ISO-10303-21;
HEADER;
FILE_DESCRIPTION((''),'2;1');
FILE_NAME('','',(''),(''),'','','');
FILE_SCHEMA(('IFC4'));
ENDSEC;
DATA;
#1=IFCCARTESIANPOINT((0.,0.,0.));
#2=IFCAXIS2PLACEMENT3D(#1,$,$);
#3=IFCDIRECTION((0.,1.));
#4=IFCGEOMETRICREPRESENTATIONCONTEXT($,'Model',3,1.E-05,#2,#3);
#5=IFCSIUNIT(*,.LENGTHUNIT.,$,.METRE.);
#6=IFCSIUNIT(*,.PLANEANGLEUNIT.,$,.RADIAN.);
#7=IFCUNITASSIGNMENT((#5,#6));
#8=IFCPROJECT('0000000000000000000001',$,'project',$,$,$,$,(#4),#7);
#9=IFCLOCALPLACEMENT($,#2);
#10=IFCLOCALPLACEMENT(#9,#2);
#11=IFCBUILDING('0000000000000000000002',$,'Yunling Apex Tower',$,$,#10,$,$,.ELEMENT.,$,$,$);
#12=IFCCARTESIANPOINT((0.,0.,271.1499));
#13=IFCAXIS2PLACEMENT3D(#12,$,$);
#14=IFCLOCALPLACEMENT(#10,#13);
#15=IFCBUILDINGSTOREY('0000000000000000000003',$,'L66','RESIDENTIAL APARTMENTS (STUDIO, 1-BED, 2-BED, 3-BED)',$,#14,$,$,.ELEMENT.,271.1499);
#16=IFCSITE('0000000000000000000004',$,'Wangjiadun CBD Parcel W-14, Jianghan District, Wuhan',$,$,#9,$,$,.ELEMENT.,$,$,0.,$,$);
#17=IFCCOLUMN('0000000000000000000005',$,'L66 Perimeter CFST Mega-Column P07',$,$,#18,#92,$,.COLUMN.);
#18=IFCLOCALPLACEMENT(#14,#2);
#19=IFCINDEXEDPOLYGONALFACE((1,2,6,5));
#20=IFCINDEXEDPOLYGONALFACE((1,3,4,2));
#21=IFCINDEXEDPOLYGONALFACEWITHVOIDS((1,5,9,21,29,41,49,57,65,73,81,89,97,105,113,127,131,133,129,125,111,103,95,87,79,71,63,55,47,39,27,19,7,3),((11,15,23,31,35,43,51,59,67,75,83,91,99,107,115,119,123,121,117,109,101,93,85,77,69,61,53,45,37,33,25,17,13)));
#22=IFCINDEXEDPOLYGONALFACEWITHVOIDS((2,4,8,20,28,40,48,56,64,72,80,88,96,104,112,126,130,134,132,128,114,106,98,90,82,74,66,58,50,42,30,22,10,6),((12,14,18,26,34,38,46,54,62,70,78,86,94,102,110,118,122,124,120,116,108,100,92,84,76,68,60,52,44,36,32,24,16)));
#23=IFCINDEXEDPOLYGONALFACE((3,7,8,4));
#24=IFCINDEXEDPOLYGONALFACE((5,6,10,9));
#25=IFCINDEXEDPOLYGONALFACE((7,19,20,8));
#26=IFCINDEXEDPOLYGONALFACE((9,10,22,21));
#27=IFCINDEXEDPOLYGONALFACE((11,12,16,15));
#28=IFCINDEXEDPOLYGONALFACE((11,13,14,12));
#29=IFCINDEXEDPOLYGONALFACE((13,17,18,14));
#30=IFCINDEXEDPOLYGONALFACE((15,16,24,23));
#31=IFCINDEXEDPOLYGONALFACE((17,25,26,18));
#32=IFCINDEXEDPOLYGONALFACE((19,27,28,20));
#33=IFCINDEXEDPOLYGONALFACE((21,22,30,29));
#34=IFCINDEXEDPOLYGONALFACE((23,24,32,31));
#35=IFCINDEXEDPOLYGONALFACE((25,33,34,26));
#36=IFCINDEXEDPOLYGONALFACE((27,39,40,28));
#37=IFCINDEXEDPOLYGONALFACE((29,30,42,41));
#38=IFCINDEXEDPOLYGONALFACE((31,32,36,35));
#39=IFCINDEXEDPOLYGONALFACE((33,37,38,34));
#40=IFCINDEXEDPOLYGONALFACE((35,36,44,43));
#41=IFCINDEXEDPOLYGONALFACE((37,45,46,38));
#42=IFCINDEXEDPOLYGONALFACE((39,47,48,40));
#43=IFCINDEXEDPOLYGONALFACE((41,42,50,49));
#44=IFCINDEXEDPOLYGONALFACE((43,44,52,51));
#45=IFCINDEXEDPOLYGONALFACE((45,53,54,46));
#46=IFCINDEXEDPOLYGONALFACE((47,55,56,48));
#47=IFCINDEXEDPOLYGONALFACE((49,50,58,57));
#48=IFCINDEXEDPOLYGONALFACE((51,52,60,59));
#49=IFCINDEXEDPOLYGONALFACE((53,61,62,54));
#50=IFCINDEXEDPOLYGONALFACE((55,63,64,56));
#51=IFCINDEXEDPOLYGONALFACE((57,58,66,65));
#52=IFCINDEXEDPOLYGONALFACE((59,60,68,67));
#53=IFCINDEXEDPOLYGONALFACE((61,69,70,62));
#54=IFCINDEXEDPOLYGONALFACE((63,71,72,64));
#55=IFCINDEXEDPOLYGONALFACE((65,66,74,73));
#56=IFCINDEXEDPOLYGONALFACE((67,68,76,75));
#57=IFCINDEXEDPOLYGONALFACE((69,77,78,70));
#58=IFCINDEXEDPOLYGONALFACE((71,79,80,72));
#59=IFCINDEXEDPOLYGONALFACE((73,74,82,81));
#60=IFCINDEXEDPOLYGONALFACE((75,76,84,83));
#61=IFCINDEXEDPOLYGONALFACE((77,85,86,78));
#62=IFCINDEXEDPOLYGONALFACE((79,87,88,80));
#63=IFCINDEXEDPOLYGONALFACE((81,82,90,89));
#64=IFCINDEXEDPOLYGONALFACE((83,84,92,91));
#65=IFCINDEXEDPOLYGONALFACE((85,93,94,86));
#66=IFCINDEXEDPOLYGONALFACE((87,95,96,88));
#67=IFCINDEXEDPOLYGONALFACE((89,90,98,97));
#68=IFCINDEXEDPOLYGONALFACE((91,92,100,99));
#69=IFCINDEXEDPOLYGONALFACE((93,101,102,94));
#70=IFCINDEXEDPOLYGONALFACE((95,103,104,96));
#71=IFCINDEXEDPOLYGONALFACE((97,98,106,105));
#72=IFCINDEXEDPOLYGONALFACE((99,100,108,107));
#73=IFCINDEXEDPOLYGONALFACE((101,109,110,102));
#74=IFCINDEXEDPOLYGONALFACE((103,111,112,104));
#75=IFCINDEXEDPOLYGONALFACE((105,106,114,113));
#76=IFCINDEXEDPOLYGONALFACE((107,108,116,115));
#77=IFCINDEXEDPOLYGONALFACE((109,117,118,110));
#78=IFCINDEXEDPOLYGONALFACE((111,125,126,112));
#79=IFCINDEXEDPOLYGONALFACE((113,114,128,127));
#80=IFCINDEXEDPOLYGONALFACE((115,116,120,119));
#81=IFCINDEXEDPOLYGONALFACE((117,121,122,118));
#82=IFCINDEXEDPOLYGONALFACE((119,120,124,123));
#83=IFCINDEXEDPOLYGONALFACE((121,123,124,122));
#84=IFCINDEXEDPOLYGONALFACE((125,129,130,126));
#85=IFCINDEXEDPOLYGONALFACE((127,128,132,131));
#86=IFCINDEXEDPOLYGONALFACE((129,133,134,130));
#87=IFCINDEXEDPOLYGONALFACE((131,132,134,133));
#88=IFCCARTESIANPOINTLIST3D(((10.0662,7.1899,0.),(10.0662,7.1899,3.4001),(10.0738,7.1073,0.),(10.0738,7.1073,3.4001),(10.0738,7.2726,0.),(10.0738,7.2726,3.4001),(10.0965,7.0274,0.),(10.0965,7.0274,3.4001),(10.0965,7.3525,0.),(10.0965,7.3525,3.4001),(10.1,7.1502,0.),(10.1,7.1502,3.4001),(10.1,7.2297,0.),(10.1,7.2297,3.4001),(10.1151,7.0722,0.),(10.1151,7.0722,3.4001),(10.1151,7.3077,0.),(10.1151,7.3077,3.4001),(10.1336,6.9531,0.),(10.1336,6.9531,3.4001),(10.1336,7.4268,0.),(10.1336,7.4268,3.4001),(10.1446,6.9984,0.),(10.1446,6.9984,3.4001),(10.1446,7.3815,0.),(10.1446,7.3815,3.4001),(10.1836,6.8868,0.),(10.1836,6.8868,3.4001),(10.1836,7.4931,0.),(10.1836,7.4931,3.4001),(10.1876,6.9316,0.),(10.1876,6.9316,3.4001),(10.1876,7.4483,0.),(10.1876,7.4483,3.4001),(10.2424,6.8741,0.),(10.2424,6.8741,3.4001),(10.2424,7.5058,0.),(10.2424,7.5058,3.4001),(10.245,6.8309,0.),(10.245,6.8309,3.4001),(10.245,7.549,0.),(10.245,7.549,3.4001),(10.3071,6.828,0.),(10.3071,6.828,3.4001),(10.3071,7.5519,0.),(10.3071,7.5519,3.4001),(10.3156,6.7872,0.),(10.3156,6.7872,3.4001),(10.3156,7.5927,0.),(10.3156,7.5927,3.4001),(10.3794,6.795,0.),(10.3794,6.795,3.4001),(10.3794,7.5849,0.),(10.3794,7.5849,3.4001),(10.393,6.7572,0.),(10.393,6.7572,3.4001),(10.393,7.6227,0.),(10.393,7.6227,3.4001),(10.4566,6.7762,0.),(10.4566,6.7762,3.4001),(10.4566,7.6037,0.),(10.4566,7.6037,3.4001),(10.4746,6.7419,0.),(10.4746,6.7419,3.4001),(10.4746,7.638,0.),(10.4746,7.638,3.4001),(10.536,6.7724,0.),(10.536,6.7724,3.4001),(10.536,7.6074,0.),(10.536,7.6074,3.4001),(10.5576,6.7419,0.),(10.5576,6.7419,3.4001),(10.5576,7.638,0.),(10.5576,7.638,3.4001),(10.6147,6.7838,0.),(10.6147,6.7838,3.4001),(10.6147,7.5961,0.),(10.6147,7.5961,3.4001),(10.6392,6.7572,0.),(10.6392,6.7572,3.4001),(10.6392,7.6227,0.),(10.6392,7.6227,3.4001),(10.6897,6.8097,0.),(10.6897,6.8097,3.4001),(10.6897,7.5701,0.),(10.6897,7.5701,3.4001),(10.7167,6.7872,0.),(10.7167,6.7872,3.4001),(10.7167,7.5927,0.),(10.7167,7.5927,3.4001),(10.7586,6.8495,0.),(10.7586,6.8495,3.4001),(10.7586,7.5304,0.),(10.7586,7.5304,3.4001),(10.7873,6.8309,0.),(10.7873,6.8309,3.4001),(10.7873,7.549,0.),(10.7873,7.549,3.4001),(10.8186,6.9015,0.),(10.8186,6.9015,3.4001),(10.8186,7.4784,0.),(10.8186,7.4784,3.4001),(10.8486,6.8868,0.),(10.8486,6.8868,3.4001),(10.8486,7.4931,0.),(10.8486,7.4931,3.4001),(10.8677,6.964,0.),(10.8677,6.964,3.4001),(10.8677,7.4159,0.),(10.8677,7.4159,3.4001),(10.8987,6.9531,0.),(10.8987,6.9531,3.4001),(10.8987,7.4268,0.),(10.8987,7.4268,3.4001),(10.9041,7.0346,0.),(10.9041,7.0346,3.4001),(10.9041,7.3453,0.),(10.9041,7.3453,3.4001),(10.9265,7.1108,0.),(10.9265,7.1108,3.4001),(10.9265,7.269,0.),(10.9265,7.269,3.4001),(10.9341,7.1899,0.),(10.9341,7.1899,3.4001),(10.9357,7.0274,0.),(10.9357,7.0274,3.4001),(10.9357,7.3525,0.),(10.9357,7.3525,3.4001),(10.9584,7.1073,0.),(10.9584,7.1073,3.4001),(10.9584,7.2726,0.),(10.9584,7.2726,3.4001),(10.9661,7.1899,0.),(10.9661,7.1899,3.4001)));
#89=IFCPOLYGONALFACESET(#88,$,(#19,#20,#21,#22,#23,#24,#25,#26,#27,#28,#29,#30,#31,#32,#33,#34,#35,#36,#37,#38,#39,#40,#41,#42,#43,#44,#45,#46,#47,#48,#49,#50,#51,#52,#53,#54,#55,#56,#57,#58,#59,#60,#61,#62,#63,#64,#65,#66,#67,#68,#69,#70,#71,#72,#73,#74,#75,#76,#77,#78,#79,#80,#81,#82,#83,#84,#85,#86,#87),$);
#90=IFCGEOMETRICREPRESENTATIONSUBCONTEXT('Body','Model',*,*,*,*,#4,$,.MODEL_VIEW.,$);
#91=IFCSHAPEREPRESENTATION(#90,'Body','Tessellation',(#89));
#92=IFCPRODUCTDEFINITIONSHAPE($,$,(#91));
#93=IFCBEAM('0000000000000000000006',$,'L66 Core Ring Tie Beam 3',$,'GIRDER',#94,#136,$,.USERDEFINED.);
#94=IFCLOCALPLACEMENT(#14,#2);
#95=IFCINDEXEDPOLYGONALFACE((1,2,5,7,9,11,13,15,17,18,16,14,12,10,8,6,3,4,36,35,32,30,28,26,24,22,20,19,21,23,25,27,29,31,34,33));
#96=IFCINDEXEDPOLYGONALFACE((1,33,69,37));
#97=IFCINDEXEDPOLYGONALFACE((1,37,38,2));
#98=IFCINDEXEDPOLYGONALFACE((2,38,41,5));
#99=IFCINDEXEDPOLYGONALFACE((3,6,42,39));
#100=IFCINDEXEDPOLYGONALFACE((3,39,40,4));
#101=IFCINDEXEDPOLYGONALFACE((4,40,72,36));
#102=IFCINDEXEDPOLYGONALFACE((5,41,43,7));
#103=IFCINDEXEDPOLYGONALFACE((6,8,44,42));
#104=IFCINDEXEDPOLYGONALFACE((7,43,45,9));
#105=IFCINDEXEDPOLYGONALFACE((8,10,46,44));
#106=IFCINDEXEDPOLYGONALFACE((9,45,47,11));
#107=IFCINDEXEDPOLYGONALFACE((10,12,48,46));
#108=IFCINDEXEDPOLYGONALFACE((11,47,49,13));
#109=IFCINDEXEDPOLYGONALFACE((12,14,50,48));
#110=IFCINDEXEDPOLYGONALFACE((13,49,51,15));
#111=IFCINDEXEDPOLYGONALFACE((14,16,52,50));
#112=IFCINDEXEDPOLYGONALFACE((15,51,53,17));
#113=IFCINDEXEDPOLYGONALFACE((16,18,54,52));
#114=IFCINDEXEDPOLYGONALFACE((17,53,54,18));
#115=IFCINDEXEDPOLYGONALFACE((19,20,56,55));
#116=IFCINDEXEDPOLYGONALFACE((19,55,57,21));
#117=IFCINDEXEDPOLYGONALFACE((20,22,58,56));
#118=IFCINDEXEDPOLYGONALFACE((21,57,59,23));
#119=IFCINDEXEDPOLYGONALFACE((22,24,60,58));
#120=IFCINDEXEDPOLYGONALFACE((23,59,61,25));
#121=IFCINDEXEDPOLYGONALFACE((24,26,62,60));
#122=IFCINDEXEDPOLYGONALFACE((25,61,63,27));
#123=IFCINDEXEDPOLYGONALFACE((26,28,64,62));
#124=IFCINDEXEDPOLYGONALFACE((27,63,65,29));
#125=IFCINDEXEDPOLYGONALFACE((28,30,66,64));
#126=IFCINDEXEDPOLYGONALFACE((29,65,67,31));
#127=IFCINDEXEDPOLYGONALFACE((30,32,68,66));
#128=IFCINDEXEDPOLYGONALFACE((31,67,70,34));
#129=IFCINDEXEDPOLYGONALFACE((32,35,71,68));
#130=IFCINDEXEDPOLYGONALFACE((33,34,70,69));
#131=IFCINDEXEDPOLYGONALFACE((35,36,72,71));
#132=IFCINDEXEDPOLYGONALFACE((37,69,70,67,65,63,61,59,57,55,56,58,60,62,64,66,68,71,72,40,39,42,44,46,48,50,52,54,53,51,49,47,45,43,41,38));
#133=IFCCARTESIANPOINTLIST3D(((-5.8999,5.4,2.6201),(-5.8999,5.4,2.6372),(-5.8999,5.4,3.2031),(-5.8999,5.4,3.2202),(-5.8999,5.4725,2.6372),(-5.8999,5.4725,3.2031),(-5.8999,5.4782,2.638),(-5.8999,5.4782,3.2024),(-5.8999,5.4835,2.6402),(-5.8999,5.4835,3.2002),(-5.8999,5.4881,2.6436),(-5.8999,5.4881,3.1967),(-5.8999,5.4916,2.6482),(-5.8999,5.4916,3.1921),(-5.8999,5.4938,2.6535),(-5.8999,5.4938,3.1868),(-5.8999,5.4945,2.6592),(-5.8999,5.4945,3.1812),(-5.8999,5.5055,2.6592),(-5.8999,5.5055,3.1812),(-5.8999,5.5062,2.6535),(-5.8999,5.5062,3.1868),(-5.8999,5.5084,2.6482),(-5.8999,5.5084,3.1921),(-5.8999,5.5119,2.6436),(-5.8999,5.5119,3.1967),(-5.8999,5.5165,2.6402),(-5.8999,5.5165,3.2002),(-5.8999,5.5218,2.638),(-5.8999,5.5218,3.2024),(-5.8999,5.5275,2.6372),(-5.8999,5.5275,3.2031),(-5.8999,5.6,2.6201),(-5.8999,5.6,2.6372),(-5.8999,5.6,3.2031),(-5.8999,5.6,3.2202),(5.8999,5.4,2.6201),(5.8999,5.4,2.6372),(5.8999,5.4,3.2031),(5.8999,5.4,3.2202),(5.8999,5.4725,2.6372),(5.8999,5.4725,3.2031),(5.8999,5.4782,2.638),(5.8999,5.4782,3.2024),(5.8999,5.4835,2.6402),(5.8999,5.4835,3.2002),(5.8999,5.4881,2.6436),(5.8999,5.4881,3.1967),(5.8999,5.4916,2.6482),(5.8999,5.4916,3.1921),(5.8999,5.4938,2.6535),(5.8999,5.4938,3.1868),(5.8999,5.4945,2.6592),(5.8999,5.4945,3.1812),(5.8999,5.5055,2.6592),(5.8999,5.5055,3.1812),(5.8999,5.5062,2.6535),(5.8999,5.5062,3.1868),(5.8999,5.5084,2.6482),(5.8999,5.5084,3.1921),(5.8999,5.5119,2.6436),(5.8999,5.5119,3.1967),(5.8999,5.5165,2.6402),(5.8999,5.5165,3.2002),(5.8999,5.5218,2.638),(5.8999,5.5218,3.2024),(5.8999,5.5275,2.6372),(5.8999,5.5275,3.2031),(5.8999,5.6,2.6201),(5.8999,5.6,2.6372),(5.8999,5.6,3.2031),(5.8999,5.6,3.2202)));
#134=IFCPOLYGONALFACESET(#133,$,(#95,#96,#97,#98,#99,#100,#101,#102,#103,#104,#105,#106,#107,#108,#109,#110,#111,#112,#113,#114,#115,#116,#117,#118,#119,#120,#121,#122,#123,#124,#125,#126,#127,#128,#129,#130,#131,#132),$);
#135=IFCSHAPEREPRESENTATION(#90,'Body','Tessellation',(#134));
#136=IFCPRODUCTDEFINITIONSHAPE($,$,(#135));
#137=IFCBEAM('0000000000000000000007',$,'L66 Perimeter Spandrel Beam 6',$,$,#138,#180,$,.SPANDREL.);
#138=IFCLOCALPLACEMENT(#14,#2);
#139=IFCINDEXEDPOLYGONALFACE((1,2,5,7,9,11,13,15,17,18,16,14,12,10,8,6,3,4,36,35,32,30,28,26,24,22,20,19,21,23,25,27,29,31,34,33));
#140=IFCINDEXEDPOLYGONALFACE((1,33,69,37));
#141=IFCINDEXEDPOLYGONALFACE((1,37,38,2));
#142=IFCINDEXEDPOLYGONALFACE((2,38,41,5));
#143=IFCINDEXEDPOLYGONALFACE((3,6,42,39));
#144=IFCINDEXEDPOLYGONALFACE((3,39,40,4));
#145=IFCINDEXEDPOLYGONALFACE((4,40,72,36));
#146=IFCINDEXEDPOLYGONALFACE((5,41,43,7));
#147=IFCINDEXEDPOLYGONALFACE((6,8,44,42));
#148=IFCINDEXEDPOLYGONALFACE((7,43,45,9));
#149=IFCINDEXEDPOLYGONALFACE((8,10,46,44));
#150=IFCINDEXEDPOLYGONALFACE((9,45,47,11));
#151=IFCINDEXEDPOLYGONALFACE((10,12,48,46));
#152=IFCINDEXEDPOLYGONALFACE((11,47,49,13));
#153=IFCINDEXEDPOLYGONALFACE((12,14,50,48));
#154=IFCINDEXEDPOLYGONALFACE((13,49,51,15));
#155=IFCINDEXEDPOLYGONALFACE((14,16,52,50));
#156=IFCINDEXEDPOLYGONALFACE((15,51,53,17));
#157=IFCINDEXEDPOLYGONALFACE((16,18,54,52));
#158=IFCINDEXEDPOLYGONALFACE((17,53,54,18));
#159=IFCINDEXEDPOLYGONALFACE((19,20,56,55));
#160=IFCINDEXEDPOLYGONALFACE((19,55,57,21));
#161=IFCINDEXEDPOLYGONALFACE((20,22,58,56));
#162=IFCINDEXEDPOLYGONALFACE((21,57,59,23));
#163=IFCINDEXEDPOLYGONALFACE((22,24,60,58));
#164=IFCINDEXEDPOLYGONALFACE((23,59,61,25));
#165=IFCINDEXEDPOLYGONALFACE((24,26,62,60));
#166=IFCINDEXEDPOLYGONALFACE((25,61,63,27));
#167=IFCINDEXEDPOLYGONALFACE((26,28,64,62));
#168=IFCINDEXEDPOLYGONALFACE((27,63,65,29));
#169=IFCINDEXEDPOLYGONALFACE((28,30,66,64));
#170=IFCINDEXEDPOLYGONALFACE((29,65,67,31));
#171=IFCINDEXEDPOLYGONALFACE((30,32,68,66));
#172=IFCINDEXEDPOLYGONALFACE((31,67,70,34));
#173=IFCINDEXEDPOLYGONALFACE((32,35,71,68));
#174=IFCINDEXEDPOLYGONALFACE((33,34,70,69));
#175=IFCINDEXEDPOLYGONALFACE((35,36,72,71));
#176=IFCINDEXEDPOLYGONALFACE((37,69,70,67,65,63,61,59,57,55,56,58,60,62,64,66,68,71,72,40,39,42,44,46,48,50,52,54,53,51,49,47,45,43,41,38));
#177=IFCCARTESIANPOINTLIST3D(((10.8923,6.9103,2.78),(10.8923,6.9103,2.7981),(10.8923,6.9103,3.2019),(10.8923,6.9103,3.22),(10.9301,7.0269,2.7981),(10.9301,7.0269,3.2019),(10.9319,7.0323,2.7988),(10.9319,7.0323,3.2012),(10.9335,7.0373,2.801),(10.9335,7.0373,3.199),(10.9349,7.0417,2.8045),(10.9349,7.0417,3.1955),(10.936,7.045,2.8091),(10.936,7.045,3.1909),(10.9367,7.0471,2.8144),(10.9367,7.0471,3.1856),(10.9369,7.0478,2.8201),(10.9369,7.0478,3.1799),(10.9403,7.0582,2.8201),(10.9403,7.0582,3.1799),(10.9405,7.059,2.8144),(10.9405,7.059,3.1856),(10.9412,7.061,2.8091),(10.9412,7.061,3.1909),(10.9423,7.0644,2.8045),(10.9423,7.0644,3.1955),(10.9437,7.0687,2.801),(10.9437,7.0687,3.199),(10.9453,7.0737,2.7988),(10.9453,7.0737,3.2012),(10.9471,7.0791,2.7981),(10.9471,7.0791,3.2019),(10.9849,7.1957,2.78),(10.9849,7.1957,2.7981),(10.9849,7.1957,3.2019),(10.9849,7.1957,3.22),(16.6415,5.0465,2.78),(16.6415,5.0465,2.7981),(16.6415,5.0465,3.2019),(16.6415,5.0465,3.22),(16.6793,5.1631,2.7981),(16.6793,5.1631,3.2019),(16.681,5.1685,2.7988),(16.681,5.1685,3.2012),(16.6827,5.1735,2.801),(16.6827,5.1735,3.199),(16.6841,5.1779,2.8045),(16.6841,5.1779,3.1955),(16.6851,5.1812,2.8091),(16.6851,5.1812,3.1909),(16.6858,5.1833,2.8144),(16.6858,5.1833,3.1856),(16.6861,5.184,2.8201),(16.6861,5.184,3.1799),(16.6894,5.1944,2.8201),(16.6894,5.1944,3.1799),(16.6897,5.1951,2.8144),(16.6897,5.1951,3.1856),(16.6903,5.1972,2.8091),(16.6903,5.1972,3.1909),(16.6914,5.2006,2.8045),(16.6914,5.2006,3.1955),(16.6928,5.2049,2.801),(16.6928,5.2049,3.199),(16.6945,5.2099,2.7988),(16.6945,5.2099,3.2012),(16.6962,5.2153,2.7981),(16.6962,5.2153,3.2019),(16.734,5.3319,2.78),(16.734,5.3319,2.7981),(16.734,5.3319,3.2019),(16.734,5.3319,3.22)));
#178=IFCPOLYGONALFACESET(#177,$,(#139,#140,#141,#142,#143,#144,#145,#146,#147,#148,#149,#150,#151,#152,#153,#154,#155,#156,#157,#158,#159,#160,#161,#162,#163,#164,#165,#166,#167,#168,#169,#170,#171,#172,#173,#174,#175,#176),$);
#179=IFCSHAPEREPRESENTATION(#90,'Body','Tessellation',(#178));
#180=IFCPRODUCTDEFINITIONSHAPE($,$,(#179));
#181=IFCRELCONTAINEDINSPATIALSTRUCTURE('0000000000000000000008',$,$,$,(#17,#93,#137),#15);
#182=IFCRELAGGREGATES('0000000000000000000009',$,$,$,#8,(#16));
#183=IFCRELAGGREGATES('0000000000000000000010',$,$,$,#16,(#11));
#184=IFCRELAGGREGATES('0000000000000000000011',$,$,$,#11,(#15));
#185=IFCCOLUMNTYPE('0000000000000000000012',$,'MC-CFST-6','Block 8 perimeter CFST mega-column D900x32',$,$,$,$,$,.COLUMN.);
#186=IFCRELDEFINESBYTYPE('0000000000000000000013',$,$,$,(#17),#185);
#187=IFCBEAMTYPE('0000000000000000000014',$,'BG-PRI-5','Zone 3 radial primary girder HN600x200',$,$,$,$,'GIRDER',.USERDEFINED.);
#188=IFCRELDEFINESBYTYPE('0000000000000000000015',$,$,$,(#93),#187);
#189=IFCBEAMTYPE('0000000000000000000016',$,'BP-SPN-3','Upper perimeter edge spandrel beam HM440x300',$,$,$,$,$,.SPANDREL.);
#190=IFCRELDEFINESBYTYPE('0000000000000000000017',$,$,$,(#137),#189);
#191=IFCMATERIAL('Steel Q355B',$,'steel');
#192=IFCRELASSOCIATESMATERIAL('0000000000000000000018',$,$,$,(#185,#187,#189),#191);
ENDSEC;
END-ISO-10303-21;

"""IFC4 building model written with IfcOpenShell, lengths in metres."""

from ifc_helpers import new_model, si_unit, direction, frame, origin, origin_2d, place, context, subcontext, project, spatial, hollow_circle, i_section, extrude, source, transform, mapped, material, material_profile, profile_set, type_object, element, save


model = new_model("IFC4")

# Units and contexts
model_context = context("Model", 3, precision=1e-05, world=origin(), true_north=direction((0.0, 1.0)))
body_context = subcontext(model_context, "Body", "Model", "MODEL_VIEW")
ifc_project = project(units=[si_unit("LENGTHUNIT", "METRE"), si_unit("PLANEANGLEUNIT", "RADIAN")], contexts=[model_context])

# Site, building, storey
site_placement = place(None, origin())
site = spatial("IfcSite", under=ifc_project, at=site_placement, Name="Wangjiadun CBD Parcel W-14, Jianghan District, Wuhan", CompositionType="ELEMENT", RefElevation=0.0)
building_placement = place(site_placement, origin())
building = spatial("IfcBuilding", under=site, at=building_placement, Name="Yunling Apex Tower", CompositionType="ELEMENT")
storey_placement = place(building_placement, frame((0.0, 0.0, 271.1499)))
storey = spatial("IfcBuildingStorey", under=building, at=storey_placement, Name="L66", Description="RESIDENTIAL APARTMENTS (STUDIO, 1-BED, 2-BED, 3-BED)", CompositionType="ELEMENT", Elevation=271.1499)

# Column
ifc_material_1 = material(Name="Steel Q355B", Category="steel")
ifc_material_profile_1 = material_profile(ifc_material_1, hollow_circle(Radius=0.45, WallThickness=0.032, at=origin_2d()))
ifc_profile_set_1 = profile_set([ifc_material_profile_1], Name="Steel Q355B")
column_type_1 = type_object("IfcColumnType", Name="MC-CFST-6", Description="Block 8 perimeter CFST mega-column D900x32", PredefinedType="COLUMN", material=ifc_profile_set_1)
shared_shape_1 = source(origin(), body_context, "Body", "SweptSolid", [
    extrude(hollow_circle(Radius=0.45, WallThickness=0.032, at=origin_2d()), origin(), (0.0, 0.0, 1.0), 3.4001),
])
for number, where, z_axis, x_axis, name in (
    (1, (10.5161, 7.1899, 0.0), (0.0, 0.0, 1.0), (1.0, 0.0, 0.0), "L66 Perimeter CFST Mega-Column P07"),
):
    element("IfcColumn", number, at=place(storey_placement, frame(where, z_axis=z_axis, x_axis=x_axis)), inside=storey, type_object=column_type_1, Name=name, PredefinedType="COLUMN", context=body_context, shape_type="MappedRepresentation", body=[
        mapped(shared_shape_1, transform((0.0, 0.0, 0.0), scale=1.0)),
    ])

# Beams
ifc_material_profile_2 = material_profile(ifc_material_1, i_section(OverallWidth=0.2, OverallDepth=0.6001, WebThickness=0.011, FlangeThickness=0.0171, FilletRadius=0.022, at=origin_2d()))
ifc_profile_set_2 = profile_set([ifc_material_profile_2], Name="Steel Q355B")
beam_type_1 = type_object("IfcBeamType", Name="BG-PRI-5", Description="Zone 3 radial primary girder HN600x200", ElementType="GIRDER", PredefinedType="USERDEFINED", material=ifc_profile_set_2)
shared_shape_2 = source(origin(), body_context, "Body", "SweptSolid", [
    extrude(i_section(OverallWidth=0.2, OverallDepth=0.6001, WebThickness=0.011, FlangeThickness=0.0171, FilletRadius=0.022, at=origin_2d()), origin(), (0.0, 0.0, 1.0), 11.7998),
])
beam_1_placement = place(storey_placement, frame((5.8999, 5.5, 2.9202), z_axis=(-1.0, 0.0, 0.0), x_axis=(0.0, -1.0, 0.0)))
element("IfcBeam", 2, at=beam_1_placement, inside=storey, type_object=beam_type_1, Name="L66 Core Ring Tie Beam 3", ObjectType="GIRDER", PredefinedType="USERDEFINED", context=body_context, shape_type="MappedRepresentation", body=[
    mapped(shared_shape_2, transform((0.0, 0.0, 0.0), scale=1.0)),
])
ifc_material_profile_3 = material_profile(ifc_material_1, i_section(OverallWidth=0.3, OverallDepth=0.4399, WebThickness=0.011, FlangeThickness=0.0181, FilletRadius=0.022, at=origin_2d()))
ifc_profile_set_3 = profile_set([ifc_material_profile_3], Name="Steel Q355B")
beam_type_2 = type_object("IfcBeamType", Name="BP-SPN-3", Description="Upper perimeter edge spandrel beam HM440x300", PredefinedType="SPANDREL", material=ifc_profile_set_3)
shared_shape_3 = source(origin(), body_context, "Body", "SweptSolid", [
    extrude(i_section(OverallWidth=0.3, OverallDepth=0.4399, WebThickness=0.011, FlangeThickness=0.0181, FilletRadius=0.022, at=origin_2d()), origin(), (0.0, 0.0, 1.0), 6.0437),
])
beam_2_placement = place(storey_placement, frame((16.6877, 5.1892, 3.0), z_axis=(-0.951261, 0.308388, 0.0), x_axis=(-0.308388, -0.951261, 0.0)))
element("IfcBeam", 3, at=beam_2_placement, inside=storey, type_object=beam_type_2, Name="L66 Perimeter Spandrel Beam 6", PredefinedType="SPANDREL", context=body_context, shape_type="MappedRepresentation", body=[
    mapped(shared_shape_3, transform((0.0, 0.0, 0.0), scale=1.0)),
])

save(model, "model.ifc")
